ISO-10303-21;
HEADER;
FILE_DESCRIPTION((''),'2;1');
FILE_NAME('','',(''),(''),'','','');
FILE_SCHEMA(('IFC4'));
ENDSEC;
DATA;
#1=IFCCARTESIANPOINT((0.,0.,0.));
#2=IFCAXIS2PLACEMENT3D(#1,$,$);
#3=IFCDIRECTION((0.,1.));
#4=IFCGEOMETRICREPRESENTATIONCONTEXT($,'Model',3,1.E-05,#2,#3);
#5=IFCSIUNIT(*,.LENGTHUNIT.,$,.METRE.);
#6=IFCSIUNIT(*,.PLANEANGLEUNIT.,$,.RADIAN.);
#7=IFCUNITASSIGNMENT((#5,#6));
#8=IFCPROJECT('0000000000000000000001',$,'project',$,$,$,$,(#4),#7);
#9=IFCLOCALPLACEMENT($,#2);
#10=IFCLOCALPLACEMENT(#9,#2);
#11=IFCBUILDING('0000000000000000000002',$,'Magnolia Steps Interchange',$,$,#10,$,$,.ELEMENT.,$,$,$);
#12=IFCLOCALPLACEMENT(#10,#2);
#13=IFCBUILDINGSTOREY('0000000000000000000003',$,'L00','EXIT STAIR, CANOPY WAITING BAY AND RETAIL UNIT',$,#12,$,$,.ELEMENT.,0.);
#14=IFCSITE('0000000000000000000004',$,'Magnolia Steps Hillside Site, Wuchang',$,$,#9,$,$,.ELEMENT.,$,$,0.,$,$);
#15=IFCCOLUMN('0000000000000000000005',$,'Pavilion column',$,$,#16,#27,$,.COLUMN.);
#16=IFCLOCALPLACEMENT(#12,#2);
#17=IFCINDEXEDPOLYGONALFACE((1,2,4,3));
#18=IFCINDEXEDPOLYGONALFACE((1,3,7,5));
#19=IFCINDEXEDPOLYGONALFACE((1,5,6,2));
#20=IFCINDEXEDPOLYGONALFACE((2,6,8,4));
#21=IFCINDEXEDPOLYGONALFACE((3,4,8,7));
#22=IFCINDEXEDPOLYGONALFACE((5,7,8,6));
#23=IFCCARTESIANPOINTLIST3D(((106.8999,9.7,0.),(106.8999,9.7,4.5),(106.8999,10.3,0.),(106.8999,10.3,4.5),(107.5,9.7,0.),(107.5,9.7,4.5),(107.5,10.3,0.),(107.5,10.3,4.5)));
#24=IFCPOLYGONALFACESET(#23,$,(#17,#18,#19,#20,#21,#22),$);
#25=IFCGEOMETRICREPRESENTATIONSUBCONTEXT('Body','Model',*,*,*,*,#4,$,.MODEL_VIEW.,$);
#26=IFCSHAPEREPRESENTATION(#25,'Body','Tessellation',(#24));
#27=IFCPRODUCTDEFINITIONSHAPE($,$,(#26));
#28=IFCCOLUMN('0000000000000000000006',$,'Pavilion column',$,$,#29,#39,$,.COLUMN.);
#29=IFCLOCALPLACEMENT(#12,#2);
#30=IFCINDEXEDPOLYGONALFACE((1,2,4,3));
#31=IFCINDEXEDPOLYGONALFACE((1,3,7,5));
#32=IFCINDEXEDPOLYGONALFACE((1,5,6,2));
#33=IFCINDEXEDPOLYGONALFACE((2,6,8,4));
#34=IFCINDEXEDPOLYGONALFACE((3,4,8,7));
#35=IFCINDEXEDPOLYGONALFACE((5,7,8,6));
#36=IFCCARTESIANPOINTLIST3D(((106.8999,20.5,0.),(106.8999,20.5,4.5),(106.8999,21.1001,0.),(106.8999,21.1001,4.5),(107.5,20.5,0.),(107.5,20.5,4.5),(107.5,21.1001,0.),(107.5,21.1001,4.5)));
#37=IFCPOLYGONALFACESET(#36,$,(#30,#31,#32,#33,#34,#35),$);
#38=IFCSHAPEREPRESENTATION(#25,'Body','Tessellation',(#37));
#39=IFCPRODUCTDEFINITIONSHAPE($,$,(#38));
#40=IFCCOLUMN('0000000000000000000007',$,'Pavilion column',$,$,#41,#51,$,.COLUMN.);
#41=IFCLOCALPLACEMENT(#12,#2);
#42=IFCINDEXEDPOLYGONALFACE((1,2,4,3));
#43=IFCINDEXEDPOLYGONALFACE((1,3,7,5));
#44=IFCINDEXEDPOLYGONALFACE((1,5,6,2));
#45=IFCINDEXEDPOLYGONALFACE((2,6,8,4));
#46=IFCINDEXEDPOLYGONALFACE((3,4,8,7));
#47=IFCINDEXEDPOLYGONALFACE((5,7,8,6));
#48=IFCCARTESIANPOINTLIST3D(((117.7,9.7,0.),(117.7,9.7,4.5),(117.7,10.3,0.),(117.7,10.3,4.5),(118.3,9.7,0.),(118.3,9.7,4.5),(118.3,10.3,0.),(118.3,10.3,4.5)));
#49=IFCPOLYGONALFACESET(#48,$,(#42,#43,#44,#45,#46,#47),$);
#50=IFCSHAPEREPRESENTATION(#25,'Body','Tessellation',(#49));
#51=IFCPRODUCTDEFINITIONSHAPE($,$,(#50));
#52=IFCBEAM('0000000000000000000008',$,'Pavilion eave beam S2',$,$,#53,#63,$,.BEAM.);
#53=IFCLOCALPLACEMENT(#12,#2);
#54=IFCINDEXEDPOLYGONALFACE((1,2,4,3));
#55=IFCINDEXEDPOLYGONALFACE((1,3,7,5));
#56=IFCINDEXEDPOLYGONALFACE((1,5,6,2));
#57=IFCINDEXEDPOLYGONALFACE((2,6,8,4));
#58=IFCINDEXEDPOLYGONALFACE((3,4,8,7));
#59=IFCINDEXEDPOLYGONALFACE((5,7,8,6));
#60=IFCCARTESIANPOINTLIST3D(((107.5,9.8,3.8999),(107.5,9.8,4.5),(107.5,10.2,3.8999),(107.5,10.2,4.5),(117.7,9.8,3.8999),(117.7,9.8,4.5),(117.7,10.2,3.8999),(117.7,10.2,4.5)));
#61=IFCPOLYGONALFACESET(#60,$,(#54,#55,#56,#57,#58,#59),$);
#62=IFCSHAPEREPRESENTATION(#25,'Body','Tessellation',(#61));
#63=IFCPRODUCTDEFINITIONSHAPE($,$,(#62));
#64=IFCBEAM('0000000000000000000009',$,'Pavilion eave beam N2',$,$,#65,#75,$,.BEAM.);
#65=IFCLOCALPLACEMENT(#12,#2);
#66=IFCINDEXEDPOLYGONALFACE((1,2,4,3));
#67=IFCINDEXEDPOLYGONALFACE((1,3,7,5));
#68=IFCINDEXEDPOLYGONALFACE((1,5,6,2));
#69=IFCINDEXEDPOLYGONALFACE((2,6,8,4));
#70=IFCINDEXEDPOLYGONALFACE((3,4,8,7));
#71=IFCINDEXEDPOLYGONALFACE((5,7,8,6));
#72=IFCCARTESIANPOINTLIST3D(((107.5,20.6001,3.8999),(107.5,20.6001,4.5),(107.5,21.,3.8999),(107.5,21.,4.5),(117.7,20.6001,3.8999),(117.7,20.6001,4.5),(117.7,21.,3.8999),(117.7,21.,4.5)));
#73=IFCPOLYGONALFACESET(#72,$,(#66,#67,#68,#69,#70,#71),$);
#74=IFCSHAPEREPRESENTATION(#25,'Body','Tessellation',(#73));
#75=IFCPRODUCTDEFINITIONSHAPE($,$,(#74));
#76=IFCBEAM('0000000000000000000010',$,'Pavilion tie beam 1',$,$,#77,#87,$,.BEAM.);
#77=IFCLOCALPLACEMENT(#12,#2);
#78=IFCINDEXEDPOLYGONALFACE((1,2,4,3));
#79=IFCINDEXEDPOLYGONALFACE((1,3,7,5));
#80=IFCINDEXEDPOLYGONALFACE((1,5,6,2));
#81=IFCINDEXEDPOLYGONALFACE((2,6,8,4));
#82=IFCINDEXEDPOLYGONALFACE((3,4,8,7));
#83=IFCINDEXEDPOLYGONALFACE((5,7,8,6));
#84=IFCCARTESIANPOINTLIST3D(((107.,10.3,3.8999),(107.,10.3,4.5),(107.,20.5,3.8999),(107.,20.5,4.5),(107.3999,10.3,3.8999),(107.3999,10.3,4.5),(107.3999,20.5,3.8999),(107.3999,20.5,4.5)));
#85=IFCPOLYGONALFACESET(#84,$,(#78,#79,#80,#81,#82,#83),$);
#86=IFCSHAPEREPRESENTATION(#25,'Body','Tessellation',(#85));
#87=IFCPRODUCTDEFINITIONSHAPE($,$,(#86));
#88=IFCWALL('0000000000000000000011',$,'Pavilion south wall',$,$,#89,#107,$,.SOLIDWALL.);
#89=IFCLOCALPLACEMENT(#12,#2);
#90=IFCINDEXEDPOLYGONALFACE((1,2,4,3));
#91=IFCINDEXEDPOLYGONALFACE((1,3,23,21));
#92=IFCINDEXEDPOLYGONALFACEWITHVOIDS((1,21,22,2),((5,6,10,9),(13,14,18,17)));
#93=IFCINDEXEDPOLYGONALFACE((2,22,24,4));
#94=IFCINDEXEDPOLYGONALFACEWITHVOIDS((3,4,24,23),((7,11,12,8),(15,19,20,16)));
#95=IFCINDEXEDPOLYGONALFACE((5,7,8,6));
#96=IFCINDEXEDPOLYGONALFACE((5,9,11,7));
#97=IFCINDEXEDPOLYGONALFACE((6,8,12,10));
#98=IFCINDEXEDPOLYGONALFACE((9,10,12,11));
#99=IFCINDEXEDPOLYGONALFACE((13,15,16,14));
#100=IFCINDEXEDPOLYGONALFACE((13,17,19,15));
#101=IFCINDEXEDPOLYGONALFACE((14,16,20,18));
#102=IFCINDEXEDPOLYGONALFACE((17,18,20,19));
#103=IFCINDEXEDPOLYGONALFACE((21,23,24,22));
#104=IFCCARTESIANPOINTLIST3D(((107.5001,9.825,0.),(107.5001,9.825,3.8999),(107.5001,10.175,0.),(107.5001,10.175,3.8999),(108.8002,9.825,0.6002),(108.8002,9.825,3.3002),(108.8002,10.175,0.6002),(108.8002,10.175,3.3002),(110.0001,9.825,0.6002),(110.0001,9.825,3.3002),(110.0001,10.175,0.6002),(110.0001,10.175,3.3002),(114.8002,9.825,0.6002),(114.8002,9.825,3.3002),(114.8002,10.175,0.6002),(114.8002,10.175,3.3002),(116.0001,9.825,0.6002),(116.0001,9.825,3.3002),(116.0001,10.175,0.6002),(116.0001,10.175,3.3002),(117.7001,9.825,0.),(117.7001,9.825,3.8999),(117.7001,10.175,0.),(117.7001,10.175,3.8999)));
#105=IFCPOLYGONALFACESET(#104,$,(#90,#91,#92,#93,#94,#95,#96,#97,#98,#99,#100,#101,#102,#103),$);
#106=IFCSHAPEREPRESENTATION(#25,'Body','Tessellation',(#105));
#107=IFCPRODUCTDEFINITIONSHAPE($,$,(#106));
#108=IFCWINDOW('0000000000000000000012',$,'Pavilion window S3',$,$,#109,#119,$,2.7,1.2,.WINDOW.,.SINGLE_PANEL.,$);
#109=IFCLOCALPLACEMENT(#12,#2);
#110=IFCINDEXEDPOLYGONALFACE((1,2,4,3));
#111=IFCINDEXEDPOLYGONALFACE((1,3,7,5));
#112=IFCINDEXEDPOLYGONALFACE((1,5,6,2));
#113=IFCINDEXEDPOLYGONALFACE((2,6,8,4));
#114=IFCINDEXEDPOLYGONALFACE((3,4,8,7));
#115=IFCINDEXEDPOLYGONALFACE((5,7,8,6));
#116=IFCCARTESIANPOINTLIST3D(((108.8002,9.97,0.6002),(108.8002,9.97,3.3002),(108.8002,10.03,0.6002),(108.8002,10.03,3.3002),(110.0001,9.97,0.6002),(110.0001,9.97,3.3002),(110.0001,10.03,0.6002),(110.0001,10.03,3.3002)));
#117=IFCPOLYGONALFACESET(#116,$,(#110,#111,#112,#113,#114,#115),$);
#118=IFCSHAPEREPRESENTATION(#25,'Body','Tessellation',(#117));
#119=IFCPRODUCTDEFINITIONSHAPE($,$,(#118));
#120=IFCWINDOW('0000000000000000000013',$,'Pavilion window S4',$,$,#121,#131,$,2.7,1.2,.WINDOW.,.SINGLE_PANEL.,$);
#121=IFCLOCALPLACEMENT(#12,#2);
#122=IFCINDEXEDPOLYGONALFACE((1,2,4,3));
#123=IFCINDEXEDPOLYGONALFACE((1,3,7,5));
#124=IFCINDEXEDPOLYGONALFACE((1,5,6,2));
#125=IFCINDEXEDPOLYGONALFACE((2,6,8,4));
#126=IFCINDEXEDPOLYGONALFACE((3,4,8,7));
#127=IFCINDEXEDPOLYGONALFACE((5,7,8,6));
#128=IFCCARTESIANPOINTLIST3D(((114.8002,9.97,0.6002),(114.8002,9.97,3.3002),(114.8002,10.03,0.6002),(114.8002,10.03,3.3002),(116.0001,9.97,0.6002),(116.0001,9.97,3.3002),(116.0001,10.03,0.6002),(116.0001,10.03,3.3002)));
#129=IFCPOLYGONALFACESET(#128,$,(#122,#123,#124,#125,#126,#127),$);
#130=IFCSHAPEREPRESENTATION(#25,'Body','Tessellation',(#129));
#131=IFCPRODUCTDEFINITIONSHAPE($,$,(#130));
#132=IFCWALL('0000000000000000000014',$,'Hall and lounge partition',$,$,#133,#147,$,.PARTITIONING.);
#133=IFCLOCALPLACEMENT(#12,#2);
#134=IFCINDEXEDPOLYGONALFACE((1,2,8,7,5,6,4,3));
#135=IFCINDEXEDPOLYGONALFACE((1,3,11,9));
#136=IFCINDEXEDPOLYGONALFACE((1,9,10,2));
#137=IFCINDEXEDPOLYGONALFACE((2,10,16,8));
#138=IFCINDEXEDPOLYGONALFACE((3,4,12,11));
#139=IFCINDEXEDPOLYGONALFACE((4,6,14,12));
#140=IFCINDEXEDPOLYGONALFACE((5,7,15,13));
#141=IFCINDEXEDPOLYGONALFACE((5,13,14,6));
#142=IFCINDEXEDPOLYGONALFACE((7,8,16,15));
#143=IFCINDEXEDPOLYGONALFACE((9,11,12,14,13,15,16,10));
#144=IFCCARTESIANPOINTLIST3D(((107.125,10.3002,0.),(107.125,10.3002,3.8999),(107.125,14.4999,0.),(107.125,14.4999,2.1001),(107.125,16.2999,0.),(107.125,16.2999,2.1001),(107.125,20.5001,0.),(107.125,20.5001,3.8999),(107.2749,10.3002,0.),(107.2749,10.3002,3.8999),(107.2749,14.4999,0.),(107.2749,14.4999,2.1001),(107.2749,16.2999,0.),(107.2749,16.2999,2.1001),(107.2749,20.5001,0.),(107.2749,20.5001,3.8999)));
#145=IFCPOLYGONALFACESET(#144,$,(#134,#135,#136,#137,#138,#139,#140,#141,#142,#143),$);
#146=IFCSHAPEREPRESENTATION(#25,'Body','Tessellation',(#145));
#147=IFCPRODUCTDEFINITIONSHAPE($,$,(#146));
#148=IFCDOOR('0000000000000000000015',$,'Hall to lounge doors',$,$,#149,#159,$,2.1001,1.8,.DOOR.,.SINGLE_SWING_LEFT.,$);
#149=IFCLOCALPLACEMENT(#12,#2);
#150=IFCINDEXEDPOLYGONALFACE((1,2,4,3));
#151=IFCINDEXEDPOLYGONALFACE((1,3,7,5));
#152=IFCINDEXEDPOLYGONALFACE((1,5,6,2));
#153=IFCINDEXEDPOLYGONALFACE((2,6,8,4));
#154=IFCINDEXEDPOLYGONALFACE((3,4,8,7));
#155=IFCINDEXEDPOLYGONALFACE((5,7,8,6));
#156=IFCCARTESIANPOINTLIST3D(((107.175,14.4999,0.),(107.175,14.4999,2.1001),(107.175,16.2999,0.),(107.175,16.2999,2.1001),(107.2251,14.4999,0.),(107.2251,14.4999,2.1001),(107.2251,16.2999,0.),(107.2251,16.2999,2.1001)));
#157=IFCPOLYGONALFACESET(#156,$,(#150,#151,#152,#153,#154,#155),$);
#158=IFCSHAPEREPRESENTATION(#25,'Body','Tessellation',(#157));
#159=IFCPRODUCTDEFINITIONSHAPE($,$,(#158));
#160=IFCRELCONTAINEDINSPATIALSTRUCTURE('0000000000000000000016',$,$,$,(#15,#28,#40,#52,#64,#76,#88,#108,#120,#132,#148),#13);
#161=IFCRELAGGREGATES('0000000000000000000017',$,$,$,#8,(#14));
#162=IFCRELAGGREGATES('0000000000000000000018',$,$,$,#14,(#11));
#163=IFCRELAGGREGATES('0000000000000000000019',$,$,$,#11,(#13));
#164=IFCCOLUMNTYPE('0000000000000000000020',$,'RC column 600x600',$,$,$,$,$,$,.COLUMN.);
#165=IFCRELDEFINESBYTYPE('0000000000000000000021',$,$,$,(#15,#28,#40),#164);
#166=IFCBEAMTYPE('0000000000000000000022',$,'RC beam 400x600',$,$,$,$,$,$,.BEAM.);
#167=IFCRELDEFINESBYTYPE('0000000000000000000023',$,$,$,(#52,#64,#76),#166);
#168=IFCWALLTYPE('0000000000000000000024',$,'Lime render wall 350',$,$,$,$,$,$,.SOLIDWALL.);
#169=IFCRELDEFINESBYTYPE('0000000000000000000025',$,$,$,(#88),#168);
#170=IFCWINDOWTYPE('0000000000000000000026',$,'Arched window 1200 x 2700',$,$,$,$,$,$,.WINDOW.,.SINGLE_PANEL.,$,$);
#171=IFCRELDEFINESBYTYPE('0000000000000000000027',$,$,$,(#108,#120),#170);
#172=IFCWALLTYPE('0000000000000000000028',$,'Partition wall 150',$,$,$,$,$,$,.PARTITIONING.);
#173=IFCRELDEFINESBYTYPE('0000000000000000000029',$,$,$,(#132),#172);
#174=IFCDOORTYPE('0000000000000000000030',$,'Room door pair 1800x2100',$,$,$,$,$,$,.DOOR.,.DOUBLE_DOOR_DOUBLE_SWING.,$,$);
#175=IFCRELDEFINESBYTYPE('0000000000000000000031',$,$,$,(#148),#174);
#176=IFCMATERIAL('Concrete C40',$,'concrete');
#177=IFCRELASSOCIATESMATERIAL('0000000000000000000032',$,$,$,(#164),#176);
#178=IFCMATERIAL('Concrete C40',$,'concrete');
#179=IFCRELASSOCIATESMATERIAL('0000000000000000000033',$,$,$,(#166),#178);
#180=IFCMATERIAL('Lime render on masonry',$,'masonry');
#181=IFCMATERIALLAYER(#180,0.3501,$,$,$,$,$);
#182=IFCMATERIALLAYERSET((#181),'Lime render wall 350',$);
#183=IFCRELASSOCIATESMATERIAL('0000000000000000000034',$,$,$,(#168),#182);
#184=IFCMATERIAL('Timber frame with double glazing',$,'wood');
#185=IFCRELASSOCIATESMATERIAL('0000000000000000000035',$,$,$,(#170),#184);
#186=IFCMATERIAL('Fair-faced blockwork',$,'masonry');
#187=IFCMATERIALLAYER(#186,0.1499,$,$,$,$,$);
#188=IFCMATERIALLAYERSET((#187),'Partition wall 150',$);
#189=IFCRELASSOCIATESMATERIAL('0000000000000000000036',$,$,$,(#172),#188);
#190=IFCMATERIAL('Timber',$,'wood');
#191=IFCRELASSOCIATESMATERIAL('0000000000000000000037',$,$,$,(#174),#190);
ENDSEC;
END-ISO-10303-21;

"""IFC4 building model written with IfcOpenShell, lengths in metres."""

from ifc_helpers import new_model, si_unit, direction, frame, frame_2d, origin, origin_2d, place, context, subcontext, project, spatial, rectangle, extrude, material, layer, layer_set, material_profile, profile_set, type_object, element, fill, save


model = new_model("IFC4")

# Units and contexts
model_context = context("Model", 3, precision=1e-05, world=origin(), true_north=direction((0.0, 1.0)))
body_context = subcontext(model_context, "Body", "Model", "MODEL_VIEW")
ifc_project = project(units=[si_unit("LENGTHUNIT", "METRE"), si_unit("PLANEANGLEUNIT", "RADIAN")], contexts=[model_context])

# Site, building, storey
site_placement = place(None, origin())
site = spatial("IfcSite", under=ifc_project, at=site_placement, Name="Magnolia Steps Hillside Site, Wuchang", CompositionType="ELEMENT", RefElevation=0.0)
building_placement = place(site_placement, origin())
building = spatial("IfcBuilding", under=site, at=building_placement, Name="Magnolia Steps Interchange", CompositionType="ELEMENT")
storey_placement = place(building_placement, origin())
storey = spatial("IfcBuildingStorey", under=building, at=storey_placement, Name="L00", Description="EXIT STAIR, CANOPY WAITING BAY AND RETAIL UNIT", CompositionType="ELEMENT", Elevation=0.0)

# Columns
ifc_material_1 = material(Name="Concrete C40", Category="concrete")
ifc_material_profile_1 = material_profile(ifc_material_1, rectangle(XDim=0.6001, YDim=0.6001, at=origin_2d()), Name="RC600x600")
ifc_profile_set_1 = profile_set([ifc_material_profile_1], Name="Concrete C40")
column_type = type_object("IfcColumnType", Name="RC column 600x600", PredefinedType="COLUMN", material=ifc_profile_set_1)
for number, where, z_axis, x_axis, name in (
    (1, (107.2, 10.0, 0.0), (0.0, 0.0, 1.0), (1.0, 0.0, 0.0), "Pavilion column"),
    (2, (107.2, 20.8, 0.0), (0.0, 0.0, 1.0), (1.0, 0.0, 0.0), "Pavilion column"),
    (3, (118.0, 10.0, 0.0), (0.0, 0.0, 1.0), (1.0, 0.0, 0.0), "Pavilion column"),
):
    element("IfcColumn", number, at=place(storey_placement, frame(where, z_axis=z_axis, x_axis=x_axis)), inside=storey, type_object=column_type, Name=name, PredefinedType="COLUMN", context=body_context, shape_type="SweptSolid", body=[
        extrude(rectangle(XDim=0.6001, YDim=0.6001, at=origin_2d()), origin(), (0.0, 0.0, 1.0), 4.5),
    ])

# Beams
ifc_material_2 = material(Name="Concrete C40", Category="concrete")
ifc_material_profile_2 = material_profile(ifc_material_2, rectangle(XDim=0.3999, YDim=0.6001, at=origin_2d()), Name="RC400x600")
ifc_profile_set_2 = profile_set([ifc_material_profile_2], Name="Concrete C40")
beam_type = type_object("IfcBeamType", Name="RC beam 400x600", PredefinedType="BEAM", material=ifc_profile_set_2)
for number, where, z_axis, x_axis, name in (
    (4, (107.5, 10.0, 4.2), (1.0, 0.0, 0.0), (0.0, 1.0, 0.0), "Pavilion eave beam S2"),
    (5, (107.5, 20.8, 4.2), (1.0, 0.0, 0.0), (0.0, 1.0, 0.0), "Pavilion eave beam N2"),
    (6, (107.2, 10.3, 4.2), (0.0, 1.0, 0.0), (-1.0, 0.0, 0.0), "Pavilion tie beam 1"),
):
    element("IfcBeam", number, at=place(storey_placement, frame(where, z_axis=z_axis, x_axis=x_axis)), inside=storey, type_object=beam_type, Name=name, PredefinedType="BEAM", context=body_context, shape_type="SweptSolid", body=[
        extrude(rectangle(XDim=0.3999, YDim=0.6001, at=origin_2d()), origin(), (0.0, 0.0, 1.0), 10.2),
    ])

# Wall, openings, windows
ifc_material_3 = material(Name="Lime render on masonry", Category="masonry")
ifc_layer_1 = layer(ifc_material_3, 0.3501)
ifc_layer_set_1 = layer_set([ifc_layer_1], Name="Lime render wall 350")
wall_type_1 = type_object("IfcWallType", Name="Lime render wall 350", PredefinedType="SOLIDWALL", material=ifc_layer_set_1)
wall_1_placement = place(storey_placement, frame((107.5, 10.0, 0.0), z_axis=(0.0, 0.0, 1.0), x_axis=(1.0, 0.0, 0.0)))
wall_1 = element("IfcWall", 7, at=wall_1_placement, inside=storey, type_object=wall_type_1, Name="Pavilion south wall", PredefinedType="SOLIDWALL", context=body_context, shape_type="SweptSolid", body=[
    extrude(rectangle(XDim=10.2, YDim=0.3501, at=frame_2d((5.1001, 0.0))), origin(), (0.0, 0.0, 1.0), 3.8999),
])
opening_1_placement = place(wall_1_placement, frame((1.3, 0.0, 0.6001)))
opening_1 = element("IfcOpeningElement", 8, at=opening_1_placement, cuts=wall_1, PredefinedType="OPENING", context=body_context, shape_type="SweptSolid", body=[
    extrude(rectangle(XDim=1.2, YDim=2.7, at=frame_2d((0.6001, 1.3501))), frame((0.0, 0.1851, 0.0), z_axis=(0.0, -1.0, 0.0), x_axis=(1.0, 0.0, 0.0)), (0.0, 0.0, 1.0), 0.3701),
])
opening_2_placement = place(wall_1_placement, frame((7.3, 0.0, 0.6001)))
opening_2 = element("IfcOpeningElement", 9, at=opening_2_placement, cuts=wall_1, PredefinedType="OPENING", context=body_context, shape_type="SweptSolid", body=[
    extrude(rectangle(XDim=1.2, YDim=2.7, at=frame_2d((0.6001, 1.3501))), frame((0.0, 0.1851, 0.0), z_axis=(0.0, -1.0, 0.0), x_axis=(1.0, 0.0, 0.0)), (0.0, 0.0, 1.0), 0.3701),
])
ifc_material_4 = material(Name="Timber frame with double glazing", Category="wood")
window_type = type_object("IfcWindowType", Name="Arched window 1200 x 2700", PartitioningType="SINGLE_PANEL", PredefinedType="WINDOW", material=ifc_material_4)
window_1_placement = place(opening_1_placement, origin())
window_1 = element("IfcWindow", 10, at=window_1_placement, inside=storey, type_object=window_type, Name="Pavilion window S3", OverallHeight=2.7, OverallWidth=1.2, PartitioningType="SINGLE_PANEL", PredefinedType="WINDOW", context=body_context, shape_type="SweptSolid", body=[
    extrude(rectangle(XDim=1.2, YDim=2.7, at=frame_2d((0.6001, 1.3501))), frame((0.0, 0.03, 0.0), z_axis=(0.0, -1.0, 0.0), x_axis=(1.0, 0.0, 0.0)), (0.0, 0.0, 1.0), 0.0601),
])
fill(opening_1, window_1)
window_2_placement = place(opening_2_placement, origin())
window_2 = element("IfcWindow", 11, at=window_2_placement, inside=storey, type_object=window_type, Name="Pavilion window S4", OverallHeight=2.7, OverallWidth=1.2, PartitioningType="SINGLE_PANEL", PredefinedType="WINDOW", context=body_context, shape_type="SweptSolid", body=[
    extrude(rectangle(XDim=1.2, YDim=2.7, at=frame_2d((0.6001, 1.3501))), frame((0.0, 0.03, 0.0), z_axis=(0.0, -1.0, 0.0), x_axis=(1.0, 0.0, 0.0)), (0.0, 0.0, 1.0), 0.0601),
])
fill(opening_2, window_2)

# Wall, opening, door
ifc_material_5 = material(Name="Fair-faced blockwork", Category="masonry")
ifc_layer_2 = layer(ifc_material_5, 0.1499)
ifc_layer_set_2 = layer_set([ifc_layer_2], Name="Partition wall 150")
wall_type_2 = type_object("IfcWallType", Name="Partition wall 150", PredefinedType="PARTITIONING", material=ifc_layer_set_2)
wall_2_placement = place(storey_placement, frame((107.2, 10.3, 0.0), z_axis=(0.0, 0.0, 1.0), x_axis=(0.0, 1.0, 0.0)))
wall_2 = element("IfcWall", 12, at=wall_2_placement, inside=storey, type_object=wall_type_2, Name="Hall and lounge partition", PredefinedType="PARTITIONING", context=body_context, shape_type="SweptSolid", body=[
    extrude(rectangle(XDim=10.2, YDim=0.1499, at=frame_2d((5.1001, 0.0))), origin(), (0.0, 0.0, 1.0), 3.8999),
])
opening_3_placement = place(wall_2_placement, frame((4.2, 0.0, 0.0)))
opening_3 = element("IfcOpeningElement", 13, at=opening_3_placement, cuts=wall_2, PredefinedType="OPENING", context=body_context, shape_type="SweptSolid", body=[
    extrude(rectangle(XDim=1.8, YDim=2.1001, at=frame_2d((0.8999, 1.05))), frame((0.0, 0.085, 0.0), z_axis=(0.0, -1.0, 0.0), x_axis=(1.0, 0.0, 0.0)), (0.0, 0.0, 1.0), 0.1699),
])
ifc_material_6 = material(Name="Timber", Category="wood")
door_type_1 = type_object("IfcDoorType", Name="Room door pair 1800x2100", OperationType="DOUBLE_DOOR_DOUBLE_SWING", PredefinedType="DOOR", material=ifc_material_6)
door_1_placement = place(opening_3_placement, origin())
door_1 = element("IfcDoor", 14, at=door_1_placement, inside=storey, type_object=door_type_1, Name="Hall to lounge doors", OperationType="SINGLE_SWING_LEFT", OverallHeight=2.1001, OverallWidth=1.8, PredefinedType="DOOR", context=body_context, shape_type="SweptSolid", body=[
    extrude(rectangle(XDim=1.8, YDim=2.1001, at=frame_2d((0.8999, 1.05))), frame((0.0, 0.0249, 0.0), z_axis=(0.0, -1.0, 0.0), x_axis=(1.0, 0.0, 0.0)), (0.0, 0.0, 1.0), 0.05),
])
fill(opening_3, door_1)

save(model, "model.ifc")
